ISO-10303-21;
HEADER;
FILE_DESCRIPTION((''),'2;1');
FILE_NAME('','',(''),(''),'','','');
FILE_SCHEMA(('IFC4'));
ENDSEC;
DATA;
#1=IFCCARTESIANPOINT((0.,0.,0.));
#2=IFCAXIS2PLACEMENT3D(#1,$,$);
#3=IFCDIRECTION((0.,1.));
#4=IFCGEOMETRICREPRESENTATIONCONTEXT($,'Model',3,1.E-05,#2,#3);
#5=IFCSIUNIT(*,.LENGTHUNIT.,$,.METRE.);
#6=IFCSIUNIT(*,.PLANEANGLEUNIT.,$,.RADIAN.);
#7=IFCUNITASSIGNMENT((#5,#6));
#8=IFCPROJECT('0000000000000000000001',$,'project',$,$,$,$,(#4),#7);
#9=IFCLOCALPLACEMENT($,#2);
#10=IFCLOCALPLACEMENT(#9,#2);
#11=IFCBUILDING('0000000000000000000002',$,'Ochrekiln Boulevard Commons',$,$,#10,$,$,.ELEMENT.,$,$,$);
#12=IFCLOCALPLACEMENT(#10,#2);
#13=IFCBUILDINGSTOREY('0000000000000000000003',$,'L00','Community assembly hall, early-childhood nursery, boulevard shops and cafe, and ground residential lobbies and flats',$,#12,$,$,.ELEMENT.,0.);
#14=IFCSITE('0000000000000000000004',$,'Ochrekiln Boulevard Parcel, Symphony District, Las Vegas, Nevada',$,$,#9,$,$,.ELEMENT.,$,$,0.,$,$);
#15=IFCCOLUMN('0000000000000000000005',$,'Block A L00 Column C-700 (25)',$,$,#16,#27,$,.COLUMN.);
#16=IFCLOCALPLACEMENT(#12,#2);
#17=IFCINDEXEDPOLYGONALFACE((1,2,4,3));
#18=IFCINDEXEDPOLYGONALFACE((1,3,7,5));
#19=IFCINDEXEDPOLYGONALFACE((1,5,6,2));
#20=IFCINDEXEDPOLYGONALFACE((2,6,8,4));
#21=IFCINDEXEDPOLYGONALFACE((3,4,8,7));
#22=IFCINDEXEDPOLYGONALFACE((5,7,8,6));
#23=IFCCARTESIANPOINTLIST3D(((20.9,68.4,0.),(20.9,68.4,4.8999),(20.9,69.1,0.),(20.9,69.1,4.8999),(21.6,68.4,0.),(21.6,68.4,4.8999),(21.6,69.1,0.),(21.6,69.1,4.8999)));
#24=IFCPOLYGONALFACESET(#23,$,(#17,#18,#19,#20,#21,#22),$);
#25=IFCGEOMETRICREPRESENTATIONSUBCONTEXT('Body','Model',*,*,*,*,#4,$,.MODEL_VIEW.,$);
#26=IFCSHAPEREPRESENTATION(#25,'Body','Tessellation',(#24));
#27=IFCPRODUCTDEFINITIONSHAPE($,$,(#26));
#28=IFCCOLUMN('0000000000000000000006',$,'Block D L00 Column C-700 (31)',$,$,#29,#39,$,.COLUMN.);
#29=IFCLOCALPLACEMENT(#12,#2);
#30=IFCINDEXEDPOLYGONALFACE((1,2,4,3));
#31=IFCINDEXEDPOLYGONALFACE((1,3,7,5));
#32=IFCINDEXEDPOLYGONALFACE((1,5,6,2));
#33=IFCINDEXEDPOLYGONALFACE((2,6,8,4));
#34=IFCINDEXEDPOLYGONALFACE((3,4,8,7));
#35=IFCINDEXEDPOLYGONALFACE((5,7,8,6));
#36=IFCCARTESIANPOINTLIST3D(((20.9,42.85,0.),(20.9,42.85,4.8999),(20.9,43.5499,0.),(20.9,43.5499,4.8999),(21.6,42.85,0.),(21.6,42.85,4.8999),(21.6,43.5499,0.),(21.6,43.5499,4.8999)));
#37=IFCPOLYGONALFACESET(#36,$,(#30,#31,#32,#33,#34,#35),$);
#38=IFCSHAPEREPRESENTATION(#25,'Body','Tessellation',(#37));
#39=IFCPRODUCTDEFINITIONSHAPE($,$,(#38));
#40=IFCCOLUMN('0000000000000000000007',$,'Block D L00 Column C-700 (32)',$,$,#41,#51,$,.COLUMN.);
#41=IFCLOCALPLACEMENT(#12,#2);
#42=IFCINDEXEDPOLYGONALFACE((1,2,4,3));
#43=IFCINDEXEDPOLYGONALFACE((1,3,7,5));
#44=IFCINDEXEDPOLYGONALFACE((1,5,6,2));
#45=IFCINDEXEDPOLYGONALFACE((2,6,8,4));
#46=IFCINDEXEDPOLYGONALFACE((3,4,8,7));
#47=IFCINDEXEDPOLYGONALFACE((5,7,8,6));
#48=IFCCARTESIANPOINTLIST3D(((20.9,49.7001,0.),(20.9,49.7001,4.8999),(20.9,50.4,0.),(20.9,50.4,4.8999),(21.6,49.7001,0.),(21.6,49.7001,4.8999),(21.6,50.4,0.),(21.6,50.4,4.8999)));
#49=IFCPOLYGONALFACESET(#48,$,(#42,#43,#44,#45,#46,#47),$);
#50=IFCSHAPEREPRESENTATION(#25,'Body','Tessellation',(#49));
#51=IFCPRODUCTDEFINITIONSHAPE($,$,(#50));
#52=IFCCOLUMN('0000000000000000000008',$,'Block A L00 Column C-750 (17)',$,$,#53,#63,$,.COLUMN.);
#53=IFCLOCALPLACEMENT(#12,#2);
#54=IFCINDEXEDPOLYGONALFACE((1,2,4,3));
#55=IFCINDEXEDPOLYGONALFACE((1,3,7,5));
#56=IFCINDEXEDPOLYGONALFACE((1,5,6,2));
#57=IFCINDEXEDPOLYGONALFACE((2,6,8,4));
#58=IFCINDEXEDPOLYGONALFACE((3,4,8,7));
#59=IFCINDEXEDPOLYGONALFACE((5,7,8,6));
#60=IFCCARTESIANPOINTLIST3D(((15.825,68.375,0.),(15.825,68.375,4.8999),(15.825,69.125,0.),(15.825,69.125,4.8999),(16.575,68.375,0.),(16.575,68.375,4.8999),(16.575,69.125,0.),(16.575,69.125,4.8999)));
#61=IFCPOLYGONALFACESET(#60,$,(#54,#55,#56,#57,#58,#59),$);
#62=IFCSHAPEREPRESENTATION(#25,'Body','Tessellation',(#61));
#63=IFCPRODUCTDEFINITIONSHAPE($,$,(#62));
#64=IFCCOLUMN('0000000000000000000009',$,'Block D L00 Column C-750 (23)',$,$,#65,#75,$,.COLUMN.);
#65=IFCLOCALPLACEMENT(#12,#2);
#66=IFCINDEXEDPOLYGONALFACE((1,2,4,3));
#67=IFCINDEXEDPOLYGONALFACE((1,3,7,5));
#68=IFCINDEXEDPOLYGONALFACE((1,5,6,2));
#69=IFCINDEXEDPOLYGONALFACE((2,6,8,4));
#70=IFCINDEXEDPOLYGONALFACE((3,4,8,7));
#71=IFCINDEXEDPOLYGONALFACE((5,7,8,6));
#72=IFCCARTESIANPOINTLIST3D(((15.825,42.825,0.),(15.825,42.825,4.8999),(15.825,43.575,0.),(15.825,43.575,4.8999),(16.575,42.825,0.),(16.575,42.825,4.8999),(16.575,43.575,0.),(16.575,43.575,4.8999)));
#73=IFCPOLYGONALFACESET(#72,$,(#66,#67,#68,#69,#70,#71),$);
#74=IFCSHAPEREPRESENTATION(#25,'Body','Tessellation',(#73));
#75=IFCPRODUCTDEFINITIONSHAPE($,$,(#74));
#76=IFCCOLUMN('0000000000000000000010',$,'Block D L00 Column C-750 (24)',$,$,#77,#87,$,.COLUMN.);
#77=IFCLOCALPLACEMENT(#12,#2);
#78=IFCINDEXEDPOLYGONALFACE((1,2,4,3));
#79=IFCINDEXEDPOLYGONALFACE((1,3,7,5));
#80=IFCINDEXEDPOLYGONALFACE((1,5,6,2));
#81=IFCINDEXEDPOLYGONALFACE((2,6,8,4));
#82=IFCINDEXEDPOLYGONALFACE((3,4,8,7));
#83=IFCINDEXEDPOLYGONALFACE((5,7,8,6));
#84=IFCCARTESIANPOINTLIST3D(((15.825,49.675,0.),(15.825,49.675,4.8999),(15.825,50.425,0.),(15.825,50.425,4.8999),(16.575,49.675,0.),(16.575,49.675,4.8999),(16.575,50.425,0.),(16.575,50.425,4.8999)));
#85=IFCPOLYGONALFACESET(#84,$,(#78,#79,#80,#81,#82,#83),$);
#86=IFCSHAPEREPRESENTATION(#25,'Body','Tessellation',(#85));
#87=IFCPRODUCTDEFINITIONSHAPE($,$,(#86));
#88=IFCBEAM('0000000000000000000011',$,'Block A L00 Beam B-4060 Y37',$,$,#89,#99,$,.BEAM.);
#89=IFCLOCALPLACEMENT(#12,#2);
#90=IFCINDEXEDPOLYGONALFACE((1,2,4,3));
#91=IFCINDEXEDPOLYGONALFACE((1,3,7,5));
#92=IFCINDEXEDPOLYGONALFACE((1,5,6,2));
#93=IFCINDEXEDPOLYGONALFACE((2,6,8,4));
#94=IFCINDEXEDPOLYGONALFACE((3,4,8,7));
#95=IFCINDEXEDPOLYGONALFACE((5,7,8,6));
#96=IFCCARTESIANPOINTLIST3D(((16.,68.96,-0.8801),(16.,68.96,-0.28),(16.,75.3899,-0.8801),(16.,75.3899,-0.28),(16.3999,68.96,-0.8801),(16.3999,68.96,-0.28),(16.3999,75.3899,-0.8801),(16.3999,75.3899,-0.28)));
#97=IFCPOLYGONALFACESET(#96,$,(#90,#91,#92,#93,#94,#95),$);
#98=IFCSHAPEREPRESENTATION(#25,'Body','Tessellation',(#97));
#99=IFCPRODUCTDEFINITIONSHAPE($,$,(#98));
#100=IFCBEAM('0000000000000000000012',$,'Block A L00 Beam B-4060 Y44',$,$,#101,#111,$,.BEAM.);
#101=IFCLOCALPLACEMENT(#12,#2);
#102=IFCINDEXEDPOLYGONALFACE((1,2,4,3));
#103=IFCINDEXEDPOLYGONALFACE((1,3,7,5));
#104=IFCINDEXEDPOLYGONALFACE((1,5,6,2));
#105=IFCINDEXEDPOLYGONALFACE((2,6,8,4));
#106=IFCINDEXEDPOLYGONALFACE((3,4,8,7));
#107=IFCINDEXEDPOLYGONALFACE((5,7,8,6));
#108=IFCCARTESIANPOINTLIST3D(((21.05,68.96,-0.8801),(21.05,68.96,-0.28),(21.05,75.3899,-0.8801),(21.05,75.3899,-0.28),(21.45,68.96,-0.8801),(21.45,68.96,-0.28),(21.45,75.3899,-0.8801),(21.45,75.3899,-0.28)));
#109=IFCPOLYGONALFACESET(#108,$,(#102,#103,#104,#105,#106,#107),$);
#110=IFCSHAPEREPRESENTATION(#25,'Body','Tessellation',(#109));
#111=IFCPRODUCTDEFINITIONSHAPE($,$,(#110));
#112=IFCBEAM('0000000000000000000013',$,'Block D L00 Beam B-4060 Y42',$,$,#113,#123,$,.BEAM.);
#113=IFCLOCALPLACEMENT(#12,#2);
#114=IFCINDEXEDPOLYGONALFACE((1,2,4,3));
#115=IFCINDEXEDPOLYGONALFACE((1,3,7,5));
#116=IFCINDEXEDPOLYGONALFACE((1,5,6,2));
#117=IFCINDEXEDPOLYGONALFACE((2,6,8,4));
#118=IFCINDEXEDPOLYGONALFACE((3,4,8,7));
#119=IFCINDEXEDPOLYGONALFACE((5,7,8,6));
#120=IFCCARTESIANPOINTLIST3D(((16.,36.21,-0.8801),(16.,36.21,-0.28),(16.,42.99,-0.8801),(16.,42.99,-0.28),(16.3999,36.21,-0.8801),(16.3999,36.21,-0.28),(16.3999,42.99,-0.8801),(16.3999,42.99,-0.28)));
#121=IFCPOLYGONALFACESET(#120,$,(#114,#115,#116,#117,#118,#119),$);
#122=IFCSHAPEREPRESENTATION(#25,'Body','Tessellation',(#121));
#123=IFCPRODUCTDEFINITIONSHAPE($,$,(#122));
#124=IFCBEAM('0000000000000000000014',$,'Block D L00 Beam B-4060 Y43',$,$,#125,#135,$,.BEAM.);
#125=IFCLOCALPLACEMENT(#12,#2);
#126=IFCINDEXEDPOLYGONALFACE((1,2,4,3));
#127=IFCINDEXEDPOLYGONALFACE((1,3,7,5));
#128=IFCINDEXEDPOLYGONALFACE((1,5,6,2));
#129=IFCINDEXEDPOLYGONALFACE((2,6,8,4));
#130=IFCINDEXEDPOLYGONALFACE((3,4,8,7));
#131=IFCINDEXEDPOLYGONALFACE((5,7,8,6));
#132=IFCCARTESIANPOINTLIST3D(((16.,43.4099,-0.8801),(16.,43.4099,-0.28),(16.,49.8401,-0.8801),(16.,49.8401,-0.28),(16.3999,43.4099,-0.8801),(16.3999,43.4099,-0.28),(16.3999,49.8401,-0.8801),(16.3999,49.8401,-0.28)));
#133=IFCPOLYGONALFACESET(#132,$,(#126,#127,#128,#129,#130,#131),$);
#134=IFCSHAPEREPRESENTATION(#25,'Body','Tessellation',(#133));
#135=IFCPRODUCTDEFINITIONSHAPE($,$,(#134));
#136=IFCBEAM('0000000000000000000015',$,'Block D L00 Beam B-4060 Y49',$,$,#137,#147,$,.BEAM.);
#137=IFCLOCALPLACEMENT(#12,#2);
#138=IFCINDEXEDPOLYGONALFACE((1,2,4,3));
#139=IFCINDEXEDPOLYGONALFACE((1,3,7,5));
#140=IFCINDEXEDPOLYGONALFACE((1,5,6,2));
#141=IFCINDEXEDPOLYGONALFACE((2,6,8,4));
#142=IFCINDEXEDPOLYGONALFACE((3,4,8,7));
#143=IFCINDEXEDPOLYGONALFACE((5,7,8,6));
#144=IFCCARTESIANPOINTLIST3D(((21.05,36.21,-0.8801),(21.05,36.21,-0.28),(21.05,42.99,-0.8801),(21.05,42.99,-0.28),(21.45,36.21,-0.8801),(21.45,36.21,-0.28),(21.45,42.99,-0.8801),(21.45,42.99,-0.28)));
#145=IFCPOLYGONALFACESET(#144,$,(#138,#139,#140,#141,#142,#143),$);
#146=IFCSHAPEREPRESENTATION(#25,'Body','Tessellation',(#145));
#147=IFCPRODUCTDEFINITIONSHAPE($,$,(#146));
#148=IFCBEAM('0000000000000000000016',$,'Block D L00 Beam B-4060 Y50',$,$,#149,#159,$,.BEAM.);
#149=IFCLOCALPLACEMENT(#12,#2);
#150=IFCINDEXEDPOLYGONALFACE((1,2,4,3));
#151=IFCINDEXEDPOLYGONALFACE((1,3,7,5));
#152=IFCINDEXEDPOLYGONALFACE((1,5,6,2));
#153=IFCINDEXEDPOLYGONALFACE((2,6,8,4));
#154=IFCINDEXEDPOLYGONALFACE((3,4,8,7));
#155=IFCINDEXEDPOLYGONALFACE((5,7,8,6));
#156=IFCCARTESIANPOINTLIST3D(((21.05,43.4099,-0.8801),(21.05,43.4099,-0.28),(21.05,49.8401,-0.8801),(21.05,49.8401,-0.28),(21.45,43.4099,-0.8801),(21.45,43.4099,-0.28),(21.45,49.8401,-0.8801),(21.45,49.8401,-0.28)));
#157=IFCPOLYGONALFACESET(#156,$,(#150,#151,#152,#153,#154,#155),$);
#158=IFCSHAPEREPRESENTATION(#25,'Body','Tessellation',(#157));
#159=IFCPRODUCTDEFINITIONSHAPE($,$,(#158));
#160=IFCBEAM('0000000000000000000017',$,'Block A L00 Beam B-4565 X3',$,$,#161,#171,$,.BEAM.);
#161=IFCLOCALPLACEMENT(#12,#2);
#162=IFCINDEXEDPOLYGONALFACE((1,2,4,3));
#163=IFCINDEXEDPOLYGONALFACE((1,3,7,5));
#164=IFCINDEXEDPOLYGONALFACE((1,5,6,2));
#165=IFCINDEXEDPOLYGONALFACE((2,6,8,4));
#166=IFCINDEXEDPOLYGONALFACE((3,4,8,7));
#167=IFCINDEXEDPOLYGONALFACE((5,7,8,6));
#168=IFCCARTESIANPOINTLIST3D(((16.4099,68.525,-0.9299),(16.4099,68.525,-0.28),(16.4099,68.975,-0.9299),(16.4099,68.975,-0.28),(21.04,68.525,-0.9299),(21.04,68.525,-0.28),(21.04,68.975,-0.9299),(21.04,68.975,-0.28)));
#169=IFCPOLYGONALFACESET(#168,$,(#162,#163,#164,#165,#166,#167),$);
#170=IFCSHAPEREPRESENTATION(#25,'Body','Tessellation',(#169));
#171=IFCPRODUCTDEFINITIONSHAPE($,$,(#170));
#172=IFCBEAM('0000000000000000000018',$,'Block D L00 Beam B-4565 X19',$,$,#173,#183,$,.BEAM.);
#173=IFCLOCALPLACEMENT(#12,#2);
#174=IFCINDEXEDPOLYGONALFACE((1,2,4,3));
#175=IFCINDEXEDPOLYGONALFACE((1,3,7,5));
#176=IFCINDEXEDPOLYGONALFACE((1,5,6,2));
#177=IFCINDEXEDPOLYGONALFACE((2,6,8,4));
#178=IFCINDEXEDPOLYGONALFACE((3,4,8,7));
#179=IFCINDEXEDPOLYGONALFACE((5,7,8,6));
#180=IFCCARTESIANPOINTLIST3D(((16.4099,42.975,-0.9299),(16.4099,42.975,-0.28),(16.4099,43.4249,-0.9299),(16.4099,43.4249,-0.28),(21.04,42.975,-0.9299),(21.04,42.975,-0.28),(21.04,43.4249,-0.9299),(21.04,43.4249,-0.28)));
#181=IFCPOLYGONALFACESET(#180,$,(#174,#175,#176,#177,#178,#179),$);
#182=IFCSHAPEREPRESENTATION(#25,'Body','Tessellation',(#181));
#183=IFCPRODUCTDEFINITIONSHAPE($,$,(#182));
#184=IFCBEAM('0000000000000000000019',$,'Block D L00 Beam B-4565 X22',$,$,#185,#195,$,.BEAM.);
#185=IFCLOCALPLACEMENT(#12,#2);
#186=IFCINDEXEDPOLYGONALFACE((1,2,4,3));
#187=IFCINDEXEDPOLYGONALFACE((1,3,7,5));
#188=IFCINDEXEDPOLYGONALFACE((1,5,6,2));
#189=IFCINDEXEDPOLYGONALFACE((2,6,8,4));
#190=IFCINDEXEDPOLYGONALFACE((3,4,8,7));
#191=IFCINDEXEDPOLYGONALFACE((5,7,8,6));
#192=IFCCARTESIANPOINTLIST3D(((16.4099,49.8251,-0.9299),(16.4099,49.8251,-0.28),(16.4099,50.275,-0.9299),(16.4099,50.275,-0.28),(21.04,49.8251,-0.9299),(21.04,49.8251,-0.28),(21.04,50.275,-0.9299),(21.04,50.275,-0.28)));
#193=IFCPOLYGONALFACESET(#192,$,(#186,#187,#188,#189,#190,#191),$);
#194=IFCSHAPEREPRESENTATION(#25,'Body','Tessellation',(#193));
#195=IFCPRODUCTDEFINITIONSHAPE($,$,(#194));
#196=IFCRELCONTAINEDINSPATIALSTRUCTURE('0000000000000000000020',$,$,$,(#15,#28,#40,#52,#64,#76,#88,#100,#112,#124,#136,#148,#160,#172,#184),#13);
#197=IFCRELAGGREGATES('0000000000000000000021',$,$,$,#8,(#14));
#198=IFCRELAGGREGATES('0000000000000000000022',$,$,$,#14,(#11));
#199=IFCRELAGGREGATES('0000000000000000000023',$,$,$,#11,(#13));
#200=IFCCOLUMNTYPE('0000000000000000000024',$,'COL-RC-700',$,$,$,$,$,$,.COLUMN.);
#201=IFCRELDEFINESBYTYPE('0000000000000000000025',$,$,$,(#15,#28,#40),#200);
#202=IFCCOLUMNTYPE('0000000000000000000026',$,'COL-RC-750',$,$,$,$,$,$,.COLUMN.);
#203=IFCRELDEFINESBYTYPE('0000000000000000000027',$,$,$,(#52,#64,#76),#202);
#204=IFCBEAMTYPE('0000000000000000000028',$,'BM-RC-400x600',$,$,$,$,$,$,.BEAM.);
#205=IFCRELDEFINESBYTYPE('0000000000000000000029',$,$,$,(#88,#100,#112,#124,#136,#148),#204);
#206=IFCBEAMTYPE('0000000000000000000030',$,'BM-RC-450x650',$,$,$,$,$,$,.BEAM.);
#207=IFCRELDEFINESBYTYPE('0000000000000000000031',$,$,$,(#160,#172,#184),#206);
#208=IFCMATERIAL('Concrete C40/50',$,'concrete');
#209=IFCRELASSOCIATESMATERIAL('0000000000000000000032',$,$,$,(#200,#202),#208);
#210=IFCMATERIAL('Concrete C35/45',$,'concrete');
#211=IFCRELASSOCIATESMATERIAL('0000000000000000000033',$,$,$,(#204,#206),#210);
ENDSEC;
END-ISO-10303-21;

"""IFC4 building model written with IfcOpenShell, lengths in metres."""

from ifc_helpers import new_model, si_unit, direction, frame, origin, origin_2d, place, context, subcontext, project, spatial, rectangle, extrude, material, material_profile, profile_set, type_object, element, save


model = new_model("IFC4")

# Units and contexts
model_context = context("Model", 3, precision=1e-05, world=origin(), true_north=direction((0.0, 1.0)))
body_context = subcontext(model_context, "Body", "Model", "MODEL_VIEW")
ifc_project = project(units=[si_unit("LENGTHUNIT", "METRE"), si_unit("PLANEANGLEUNIT", "RADIAN")], contexts=[model_context])

# Site, building, storey
site_placement = place(None, origin())
site = spatial("IfcSite", under=ifc_project, at=site_placement, Name="Ochrekiln Boulevard Parcel, Symphony District, Las Vegas, Nevada", CompositionType="ELEMENT", RefElevation=0.0)
building_placement = place(site_placement, origin())
building = spatial("IfcBuilding", under=site, at=building_placement, Name="Ochrekiln Boulevard Commons", CompositionType="ELEMENT")
storey_placement = place(building_placement, origin())
storey = spatial("IfcBuildingStorey", under=building, at=storey_placement, Name="L00", Description="Community assembly hall, early-childhood nursery, boulevard shops and cafe, and ground residential lobbies and flats", CompositionType="ELEMENT", Elevation=0.0)

# Columns
ifc_material_1 = material(Name="Concrete C40/50", Category="concrete")
ifc_material_profile_1 = material_profile(ifc_material_1, rectangle(XDim=0.7, YDim=0.7, at=origin_2d()), Name="RC-COL-700x700")
ifc_profile_set_1 = profile_set([ifc_material_profile_1], Name="Concrete C40/50")
column_type_1 = type_object("IfcColumnType", Name="COL-RC-700", PredefinedType="COLUMN", material=ifc_profile_set_1)
for number, where, z_axis, x_axis, name in (
    (1, (21.25, 68.75, 0.0), (0.0, 0.0, 1.0), (1.0, 0.0, 0.0), "Block A L00 Column C-700 (25)"),
    (2, (21.25, 43.2, 0.0), (0.0, 0.0, 1.0), (1.0, 0.0, 0.0), "Block D L00 Column C-700 (31)"),
    (3, (21.25, 50.05, 0.0), (0.0, 0.0, 1.0), (1.0, 0.0, 0.0), "Block D L00 Column C-700 (32)"),
):
    element("IfcColumn", number, at=place(storey_placement, frame(where, z_axis=z_axis, x_axis=x_axis)), inside=storey, type_object=column_type_1, Name=name, PredefinedType="COLUMN", context=body_context, shape_type="SweptSolid", body=[
        extrude(rectangle(XDim=0.7, YDim=0.7, at=origin_2d()), origin(), (0.0, 0.0, 1.0), 4.8999),
    ])
ifc_material_profile_2 = material_profile(ifc_material_1, rectangle(XDim=0.75, YDim=0.75, at=origin_2d()), Name="RC-COL-750x750")
ifc_profile_set_2 = profile_set([ifc_material_profile_2], Name="Concrete C40/50")
column_type_2 = type_object("IfcColumnType", Name="COL-RC-750", PredefinedType="COLUMN", material=ifc_profile_set_2)
for number, where, z_axis, x_axis, name in (
    (4, (16.2, 68.75, 0.0), (0.0, 0.0, 1.0), (1.0, 0.0, 0.0), "Block A L00 Column C-750 (17)"),
    (5, (16.2, 43.2, 0.0), (0.0, 0.0, 1.0), (1.0, 0.0, 0.0), "Block D L00 Column C-750 (23)"),
    (6, (16.2, 50.05, 0.0), (0.0, 0.0, 1.0), (1.0, 0.0, 0.0), "Block D L00 Column C-750 (24)"),
):
    element("IfcColumn", number, at=place(storey_placement, frame(where, z_axis=z_axis, x_axis=x_axis)), inside=storey, type_object=column_type_2, Name=name, PredefinedType="COLUMN", context=body_context, shape_type="SweptSolid", body=[
        extrude(rectangle(XDim=0.75, YDim=0.75, at=origin_2d()), origin(), (0.0, 0.0, 1.0), 4.8999),
    ])

# Beams
ifc_material_2 = material(Name="Concrete C35/45", Category="concrete")
ifc_material_profile_3 = material_profile(ifc_material_2, rectangle(XDim=0.3999, YDim=0.6001, at=origin_2d()), Name="RC-BM-400x600")
ifc_profile_set_3 = profile_set([ifc_material_profile_3], Name="Concrete C35/45")
beam_type_1 = type_object("IfcBeamType", Name="BM-RC-400x600", PredefinedType="BEAM", material=ifc_profile_set_3)
for number, where, z_axis, x_axis, name in (
    (7, (16.2, 68.96, -0.5801), (0.0, 1.0, 0.0), (-1.0, 0.0, 0.0), "Block A L00 Beam B-4060 Y37"),
    (8, (21.25, 68.96, -0.5801), (0.0, 1.0, 0.0), (-1.0, 0.0, 0.0), "Block A L00 Beam B-4060 Y44"),
):
    element("IfcBeam", number, at=place(storey_placement, frame(where, z_axis=z_axis, x_axis=x_axis)), inside=storey, type_object=beam_type_1, Name=name, PredefinedType="BEAM", context=body_context, shape_type="SweptSolid", body=[
        extrude(rectangle(XDim=0.3999, YDim=0.6001, at=origin_2d()), origin(), (0.0, 0.0, 1.0), 6.4299),
    ])
beam_1_placement = place(storey_placement, frame((16.2, 36.21, -0.5801), z_axis=(0.0, 1.0, 0.0), x_axis=(-1.0, 0.0, 0.0)))
element("IfcBeam", 9, at=beam_1_placement, inside=storey, type_object=beam_type_1, Name="Block D L00 Beam B-4060 Y42", PredefinedType="BEAM", context=body_context, shape_type="SweptSolid", body=[
    extrude(rectangle(XDim=0.3999, YDim=0.6001, at=origin_2d()), origin(), (0.0, 0.0, 1.0), 6.78),
])
beam_2_placement = place(storey_placement, frame((16.2, 43.4099, -0.5801), z_axis=(0.0, 1.0, 0.0), x_axis=(-1.0, 0.0, 0.0)))
element("IfcBeam", 10, at=beam_2_placement, inside=storey, type_object=beam_type_1, Name="Block D L00 Beam B-4060 Y43", PredefinedType="BEAM", context=body_context, shape_type="SweptSolid", body=[
    extrude(rectangle(XDim=0.3999, YDim=0.6001, at=origin_2d()), origin(), (0.0, 0.0, 1.0), 6.4302),
])
beam_3_placement = place(storey_placement, frame((21.25, 36.21, -0.5801), z_axis=(0.0, 1.0, 0.0), x_axis=(-1.0, 0.0, 0.0)))
element("IfcBeam", 11, at=beam_3_placement, inside=storey, type_object=beam_type_1, Name="Block D L00 Beam B-4060 Y49", PredefinedType="BEAM", context=body_context, shape_type="SweptSolid", body=[
    extrude(rectangle(XDim=0.3999, YDim=0.6001, at=origin_2d()), origin(), (0.0, 0.0, 1.0), 6.78),
])
beam_4_placement = place(storey_placement, frame((21.25, 43.4099, -0.5801), z_axis=(0.0, 1.0, 0.0), x_axis=(-1.0, 0.0, 0.0)))
element("IfcBeam", 12, at=beam_4_placement, inside=storey, type_object=beam_type_1, Name="Block D L00 Beam B-4060 Y50", PredefinedType="BEAM", context=body_context, shape_type="SweptSolid", body=[
    extrude(rectangle(XDim=0.3999, YDim=0.6001, at=origin_2d()), origin(), (0.0, 0.0, 1.0), 6.4302),
])
ifc_material_profile_4 = material_profile(ifc_material_2, rectangle(XDim=0.45, YDim=0.6499, at=origin_2d()), Name="RC-BM-450x650")
ifc_profile_set_4 = profile_set([ifc_material_profile_4], Name="Concrete C35/45")
beam_type_2 = type_object("IfcBeamType", Name="BM-RC-450x650", PredefinedType="BEAM", material=ifc_profile_set_4)
for number, where, z_axis, x_axis, name in (
    (13, (16.4099, 68.75, -0.605), (1.0, 0.0, 0.0), (0.0, 1.0, 0.0), "Block A L00 Beam B-4565 X3"),
    (14, (16.4099, 43.2, -0.605), (1.0, 0.0, 0.0), (0.0, 1.0, 0.0), "Block D L00 Beam B-4565 X19"),
    (15, (16.4099, 50.05, -0.605), (1.0, 0.0, 0.0), (0.0, 1.0, 0.0), "Block D L00 Beam B-4565 X22"),
):
    element("IfcBeam", number, at=place(storey_placement, frame(where, z_axis=z_axis, x_axis=x_axis)), inside=storey, type_object=beam_type_2, Name=name, PredefinedType="BEAM", context=body_context, shape_type="SweptSolid", body=[
        extrude(rectangle(XDim=0.45, YDim=0.6499, at=origin_2d()), origin(), (0.0, 0.0, 1.0), 4.6301),
    ])

save(model, "model.ifc")
